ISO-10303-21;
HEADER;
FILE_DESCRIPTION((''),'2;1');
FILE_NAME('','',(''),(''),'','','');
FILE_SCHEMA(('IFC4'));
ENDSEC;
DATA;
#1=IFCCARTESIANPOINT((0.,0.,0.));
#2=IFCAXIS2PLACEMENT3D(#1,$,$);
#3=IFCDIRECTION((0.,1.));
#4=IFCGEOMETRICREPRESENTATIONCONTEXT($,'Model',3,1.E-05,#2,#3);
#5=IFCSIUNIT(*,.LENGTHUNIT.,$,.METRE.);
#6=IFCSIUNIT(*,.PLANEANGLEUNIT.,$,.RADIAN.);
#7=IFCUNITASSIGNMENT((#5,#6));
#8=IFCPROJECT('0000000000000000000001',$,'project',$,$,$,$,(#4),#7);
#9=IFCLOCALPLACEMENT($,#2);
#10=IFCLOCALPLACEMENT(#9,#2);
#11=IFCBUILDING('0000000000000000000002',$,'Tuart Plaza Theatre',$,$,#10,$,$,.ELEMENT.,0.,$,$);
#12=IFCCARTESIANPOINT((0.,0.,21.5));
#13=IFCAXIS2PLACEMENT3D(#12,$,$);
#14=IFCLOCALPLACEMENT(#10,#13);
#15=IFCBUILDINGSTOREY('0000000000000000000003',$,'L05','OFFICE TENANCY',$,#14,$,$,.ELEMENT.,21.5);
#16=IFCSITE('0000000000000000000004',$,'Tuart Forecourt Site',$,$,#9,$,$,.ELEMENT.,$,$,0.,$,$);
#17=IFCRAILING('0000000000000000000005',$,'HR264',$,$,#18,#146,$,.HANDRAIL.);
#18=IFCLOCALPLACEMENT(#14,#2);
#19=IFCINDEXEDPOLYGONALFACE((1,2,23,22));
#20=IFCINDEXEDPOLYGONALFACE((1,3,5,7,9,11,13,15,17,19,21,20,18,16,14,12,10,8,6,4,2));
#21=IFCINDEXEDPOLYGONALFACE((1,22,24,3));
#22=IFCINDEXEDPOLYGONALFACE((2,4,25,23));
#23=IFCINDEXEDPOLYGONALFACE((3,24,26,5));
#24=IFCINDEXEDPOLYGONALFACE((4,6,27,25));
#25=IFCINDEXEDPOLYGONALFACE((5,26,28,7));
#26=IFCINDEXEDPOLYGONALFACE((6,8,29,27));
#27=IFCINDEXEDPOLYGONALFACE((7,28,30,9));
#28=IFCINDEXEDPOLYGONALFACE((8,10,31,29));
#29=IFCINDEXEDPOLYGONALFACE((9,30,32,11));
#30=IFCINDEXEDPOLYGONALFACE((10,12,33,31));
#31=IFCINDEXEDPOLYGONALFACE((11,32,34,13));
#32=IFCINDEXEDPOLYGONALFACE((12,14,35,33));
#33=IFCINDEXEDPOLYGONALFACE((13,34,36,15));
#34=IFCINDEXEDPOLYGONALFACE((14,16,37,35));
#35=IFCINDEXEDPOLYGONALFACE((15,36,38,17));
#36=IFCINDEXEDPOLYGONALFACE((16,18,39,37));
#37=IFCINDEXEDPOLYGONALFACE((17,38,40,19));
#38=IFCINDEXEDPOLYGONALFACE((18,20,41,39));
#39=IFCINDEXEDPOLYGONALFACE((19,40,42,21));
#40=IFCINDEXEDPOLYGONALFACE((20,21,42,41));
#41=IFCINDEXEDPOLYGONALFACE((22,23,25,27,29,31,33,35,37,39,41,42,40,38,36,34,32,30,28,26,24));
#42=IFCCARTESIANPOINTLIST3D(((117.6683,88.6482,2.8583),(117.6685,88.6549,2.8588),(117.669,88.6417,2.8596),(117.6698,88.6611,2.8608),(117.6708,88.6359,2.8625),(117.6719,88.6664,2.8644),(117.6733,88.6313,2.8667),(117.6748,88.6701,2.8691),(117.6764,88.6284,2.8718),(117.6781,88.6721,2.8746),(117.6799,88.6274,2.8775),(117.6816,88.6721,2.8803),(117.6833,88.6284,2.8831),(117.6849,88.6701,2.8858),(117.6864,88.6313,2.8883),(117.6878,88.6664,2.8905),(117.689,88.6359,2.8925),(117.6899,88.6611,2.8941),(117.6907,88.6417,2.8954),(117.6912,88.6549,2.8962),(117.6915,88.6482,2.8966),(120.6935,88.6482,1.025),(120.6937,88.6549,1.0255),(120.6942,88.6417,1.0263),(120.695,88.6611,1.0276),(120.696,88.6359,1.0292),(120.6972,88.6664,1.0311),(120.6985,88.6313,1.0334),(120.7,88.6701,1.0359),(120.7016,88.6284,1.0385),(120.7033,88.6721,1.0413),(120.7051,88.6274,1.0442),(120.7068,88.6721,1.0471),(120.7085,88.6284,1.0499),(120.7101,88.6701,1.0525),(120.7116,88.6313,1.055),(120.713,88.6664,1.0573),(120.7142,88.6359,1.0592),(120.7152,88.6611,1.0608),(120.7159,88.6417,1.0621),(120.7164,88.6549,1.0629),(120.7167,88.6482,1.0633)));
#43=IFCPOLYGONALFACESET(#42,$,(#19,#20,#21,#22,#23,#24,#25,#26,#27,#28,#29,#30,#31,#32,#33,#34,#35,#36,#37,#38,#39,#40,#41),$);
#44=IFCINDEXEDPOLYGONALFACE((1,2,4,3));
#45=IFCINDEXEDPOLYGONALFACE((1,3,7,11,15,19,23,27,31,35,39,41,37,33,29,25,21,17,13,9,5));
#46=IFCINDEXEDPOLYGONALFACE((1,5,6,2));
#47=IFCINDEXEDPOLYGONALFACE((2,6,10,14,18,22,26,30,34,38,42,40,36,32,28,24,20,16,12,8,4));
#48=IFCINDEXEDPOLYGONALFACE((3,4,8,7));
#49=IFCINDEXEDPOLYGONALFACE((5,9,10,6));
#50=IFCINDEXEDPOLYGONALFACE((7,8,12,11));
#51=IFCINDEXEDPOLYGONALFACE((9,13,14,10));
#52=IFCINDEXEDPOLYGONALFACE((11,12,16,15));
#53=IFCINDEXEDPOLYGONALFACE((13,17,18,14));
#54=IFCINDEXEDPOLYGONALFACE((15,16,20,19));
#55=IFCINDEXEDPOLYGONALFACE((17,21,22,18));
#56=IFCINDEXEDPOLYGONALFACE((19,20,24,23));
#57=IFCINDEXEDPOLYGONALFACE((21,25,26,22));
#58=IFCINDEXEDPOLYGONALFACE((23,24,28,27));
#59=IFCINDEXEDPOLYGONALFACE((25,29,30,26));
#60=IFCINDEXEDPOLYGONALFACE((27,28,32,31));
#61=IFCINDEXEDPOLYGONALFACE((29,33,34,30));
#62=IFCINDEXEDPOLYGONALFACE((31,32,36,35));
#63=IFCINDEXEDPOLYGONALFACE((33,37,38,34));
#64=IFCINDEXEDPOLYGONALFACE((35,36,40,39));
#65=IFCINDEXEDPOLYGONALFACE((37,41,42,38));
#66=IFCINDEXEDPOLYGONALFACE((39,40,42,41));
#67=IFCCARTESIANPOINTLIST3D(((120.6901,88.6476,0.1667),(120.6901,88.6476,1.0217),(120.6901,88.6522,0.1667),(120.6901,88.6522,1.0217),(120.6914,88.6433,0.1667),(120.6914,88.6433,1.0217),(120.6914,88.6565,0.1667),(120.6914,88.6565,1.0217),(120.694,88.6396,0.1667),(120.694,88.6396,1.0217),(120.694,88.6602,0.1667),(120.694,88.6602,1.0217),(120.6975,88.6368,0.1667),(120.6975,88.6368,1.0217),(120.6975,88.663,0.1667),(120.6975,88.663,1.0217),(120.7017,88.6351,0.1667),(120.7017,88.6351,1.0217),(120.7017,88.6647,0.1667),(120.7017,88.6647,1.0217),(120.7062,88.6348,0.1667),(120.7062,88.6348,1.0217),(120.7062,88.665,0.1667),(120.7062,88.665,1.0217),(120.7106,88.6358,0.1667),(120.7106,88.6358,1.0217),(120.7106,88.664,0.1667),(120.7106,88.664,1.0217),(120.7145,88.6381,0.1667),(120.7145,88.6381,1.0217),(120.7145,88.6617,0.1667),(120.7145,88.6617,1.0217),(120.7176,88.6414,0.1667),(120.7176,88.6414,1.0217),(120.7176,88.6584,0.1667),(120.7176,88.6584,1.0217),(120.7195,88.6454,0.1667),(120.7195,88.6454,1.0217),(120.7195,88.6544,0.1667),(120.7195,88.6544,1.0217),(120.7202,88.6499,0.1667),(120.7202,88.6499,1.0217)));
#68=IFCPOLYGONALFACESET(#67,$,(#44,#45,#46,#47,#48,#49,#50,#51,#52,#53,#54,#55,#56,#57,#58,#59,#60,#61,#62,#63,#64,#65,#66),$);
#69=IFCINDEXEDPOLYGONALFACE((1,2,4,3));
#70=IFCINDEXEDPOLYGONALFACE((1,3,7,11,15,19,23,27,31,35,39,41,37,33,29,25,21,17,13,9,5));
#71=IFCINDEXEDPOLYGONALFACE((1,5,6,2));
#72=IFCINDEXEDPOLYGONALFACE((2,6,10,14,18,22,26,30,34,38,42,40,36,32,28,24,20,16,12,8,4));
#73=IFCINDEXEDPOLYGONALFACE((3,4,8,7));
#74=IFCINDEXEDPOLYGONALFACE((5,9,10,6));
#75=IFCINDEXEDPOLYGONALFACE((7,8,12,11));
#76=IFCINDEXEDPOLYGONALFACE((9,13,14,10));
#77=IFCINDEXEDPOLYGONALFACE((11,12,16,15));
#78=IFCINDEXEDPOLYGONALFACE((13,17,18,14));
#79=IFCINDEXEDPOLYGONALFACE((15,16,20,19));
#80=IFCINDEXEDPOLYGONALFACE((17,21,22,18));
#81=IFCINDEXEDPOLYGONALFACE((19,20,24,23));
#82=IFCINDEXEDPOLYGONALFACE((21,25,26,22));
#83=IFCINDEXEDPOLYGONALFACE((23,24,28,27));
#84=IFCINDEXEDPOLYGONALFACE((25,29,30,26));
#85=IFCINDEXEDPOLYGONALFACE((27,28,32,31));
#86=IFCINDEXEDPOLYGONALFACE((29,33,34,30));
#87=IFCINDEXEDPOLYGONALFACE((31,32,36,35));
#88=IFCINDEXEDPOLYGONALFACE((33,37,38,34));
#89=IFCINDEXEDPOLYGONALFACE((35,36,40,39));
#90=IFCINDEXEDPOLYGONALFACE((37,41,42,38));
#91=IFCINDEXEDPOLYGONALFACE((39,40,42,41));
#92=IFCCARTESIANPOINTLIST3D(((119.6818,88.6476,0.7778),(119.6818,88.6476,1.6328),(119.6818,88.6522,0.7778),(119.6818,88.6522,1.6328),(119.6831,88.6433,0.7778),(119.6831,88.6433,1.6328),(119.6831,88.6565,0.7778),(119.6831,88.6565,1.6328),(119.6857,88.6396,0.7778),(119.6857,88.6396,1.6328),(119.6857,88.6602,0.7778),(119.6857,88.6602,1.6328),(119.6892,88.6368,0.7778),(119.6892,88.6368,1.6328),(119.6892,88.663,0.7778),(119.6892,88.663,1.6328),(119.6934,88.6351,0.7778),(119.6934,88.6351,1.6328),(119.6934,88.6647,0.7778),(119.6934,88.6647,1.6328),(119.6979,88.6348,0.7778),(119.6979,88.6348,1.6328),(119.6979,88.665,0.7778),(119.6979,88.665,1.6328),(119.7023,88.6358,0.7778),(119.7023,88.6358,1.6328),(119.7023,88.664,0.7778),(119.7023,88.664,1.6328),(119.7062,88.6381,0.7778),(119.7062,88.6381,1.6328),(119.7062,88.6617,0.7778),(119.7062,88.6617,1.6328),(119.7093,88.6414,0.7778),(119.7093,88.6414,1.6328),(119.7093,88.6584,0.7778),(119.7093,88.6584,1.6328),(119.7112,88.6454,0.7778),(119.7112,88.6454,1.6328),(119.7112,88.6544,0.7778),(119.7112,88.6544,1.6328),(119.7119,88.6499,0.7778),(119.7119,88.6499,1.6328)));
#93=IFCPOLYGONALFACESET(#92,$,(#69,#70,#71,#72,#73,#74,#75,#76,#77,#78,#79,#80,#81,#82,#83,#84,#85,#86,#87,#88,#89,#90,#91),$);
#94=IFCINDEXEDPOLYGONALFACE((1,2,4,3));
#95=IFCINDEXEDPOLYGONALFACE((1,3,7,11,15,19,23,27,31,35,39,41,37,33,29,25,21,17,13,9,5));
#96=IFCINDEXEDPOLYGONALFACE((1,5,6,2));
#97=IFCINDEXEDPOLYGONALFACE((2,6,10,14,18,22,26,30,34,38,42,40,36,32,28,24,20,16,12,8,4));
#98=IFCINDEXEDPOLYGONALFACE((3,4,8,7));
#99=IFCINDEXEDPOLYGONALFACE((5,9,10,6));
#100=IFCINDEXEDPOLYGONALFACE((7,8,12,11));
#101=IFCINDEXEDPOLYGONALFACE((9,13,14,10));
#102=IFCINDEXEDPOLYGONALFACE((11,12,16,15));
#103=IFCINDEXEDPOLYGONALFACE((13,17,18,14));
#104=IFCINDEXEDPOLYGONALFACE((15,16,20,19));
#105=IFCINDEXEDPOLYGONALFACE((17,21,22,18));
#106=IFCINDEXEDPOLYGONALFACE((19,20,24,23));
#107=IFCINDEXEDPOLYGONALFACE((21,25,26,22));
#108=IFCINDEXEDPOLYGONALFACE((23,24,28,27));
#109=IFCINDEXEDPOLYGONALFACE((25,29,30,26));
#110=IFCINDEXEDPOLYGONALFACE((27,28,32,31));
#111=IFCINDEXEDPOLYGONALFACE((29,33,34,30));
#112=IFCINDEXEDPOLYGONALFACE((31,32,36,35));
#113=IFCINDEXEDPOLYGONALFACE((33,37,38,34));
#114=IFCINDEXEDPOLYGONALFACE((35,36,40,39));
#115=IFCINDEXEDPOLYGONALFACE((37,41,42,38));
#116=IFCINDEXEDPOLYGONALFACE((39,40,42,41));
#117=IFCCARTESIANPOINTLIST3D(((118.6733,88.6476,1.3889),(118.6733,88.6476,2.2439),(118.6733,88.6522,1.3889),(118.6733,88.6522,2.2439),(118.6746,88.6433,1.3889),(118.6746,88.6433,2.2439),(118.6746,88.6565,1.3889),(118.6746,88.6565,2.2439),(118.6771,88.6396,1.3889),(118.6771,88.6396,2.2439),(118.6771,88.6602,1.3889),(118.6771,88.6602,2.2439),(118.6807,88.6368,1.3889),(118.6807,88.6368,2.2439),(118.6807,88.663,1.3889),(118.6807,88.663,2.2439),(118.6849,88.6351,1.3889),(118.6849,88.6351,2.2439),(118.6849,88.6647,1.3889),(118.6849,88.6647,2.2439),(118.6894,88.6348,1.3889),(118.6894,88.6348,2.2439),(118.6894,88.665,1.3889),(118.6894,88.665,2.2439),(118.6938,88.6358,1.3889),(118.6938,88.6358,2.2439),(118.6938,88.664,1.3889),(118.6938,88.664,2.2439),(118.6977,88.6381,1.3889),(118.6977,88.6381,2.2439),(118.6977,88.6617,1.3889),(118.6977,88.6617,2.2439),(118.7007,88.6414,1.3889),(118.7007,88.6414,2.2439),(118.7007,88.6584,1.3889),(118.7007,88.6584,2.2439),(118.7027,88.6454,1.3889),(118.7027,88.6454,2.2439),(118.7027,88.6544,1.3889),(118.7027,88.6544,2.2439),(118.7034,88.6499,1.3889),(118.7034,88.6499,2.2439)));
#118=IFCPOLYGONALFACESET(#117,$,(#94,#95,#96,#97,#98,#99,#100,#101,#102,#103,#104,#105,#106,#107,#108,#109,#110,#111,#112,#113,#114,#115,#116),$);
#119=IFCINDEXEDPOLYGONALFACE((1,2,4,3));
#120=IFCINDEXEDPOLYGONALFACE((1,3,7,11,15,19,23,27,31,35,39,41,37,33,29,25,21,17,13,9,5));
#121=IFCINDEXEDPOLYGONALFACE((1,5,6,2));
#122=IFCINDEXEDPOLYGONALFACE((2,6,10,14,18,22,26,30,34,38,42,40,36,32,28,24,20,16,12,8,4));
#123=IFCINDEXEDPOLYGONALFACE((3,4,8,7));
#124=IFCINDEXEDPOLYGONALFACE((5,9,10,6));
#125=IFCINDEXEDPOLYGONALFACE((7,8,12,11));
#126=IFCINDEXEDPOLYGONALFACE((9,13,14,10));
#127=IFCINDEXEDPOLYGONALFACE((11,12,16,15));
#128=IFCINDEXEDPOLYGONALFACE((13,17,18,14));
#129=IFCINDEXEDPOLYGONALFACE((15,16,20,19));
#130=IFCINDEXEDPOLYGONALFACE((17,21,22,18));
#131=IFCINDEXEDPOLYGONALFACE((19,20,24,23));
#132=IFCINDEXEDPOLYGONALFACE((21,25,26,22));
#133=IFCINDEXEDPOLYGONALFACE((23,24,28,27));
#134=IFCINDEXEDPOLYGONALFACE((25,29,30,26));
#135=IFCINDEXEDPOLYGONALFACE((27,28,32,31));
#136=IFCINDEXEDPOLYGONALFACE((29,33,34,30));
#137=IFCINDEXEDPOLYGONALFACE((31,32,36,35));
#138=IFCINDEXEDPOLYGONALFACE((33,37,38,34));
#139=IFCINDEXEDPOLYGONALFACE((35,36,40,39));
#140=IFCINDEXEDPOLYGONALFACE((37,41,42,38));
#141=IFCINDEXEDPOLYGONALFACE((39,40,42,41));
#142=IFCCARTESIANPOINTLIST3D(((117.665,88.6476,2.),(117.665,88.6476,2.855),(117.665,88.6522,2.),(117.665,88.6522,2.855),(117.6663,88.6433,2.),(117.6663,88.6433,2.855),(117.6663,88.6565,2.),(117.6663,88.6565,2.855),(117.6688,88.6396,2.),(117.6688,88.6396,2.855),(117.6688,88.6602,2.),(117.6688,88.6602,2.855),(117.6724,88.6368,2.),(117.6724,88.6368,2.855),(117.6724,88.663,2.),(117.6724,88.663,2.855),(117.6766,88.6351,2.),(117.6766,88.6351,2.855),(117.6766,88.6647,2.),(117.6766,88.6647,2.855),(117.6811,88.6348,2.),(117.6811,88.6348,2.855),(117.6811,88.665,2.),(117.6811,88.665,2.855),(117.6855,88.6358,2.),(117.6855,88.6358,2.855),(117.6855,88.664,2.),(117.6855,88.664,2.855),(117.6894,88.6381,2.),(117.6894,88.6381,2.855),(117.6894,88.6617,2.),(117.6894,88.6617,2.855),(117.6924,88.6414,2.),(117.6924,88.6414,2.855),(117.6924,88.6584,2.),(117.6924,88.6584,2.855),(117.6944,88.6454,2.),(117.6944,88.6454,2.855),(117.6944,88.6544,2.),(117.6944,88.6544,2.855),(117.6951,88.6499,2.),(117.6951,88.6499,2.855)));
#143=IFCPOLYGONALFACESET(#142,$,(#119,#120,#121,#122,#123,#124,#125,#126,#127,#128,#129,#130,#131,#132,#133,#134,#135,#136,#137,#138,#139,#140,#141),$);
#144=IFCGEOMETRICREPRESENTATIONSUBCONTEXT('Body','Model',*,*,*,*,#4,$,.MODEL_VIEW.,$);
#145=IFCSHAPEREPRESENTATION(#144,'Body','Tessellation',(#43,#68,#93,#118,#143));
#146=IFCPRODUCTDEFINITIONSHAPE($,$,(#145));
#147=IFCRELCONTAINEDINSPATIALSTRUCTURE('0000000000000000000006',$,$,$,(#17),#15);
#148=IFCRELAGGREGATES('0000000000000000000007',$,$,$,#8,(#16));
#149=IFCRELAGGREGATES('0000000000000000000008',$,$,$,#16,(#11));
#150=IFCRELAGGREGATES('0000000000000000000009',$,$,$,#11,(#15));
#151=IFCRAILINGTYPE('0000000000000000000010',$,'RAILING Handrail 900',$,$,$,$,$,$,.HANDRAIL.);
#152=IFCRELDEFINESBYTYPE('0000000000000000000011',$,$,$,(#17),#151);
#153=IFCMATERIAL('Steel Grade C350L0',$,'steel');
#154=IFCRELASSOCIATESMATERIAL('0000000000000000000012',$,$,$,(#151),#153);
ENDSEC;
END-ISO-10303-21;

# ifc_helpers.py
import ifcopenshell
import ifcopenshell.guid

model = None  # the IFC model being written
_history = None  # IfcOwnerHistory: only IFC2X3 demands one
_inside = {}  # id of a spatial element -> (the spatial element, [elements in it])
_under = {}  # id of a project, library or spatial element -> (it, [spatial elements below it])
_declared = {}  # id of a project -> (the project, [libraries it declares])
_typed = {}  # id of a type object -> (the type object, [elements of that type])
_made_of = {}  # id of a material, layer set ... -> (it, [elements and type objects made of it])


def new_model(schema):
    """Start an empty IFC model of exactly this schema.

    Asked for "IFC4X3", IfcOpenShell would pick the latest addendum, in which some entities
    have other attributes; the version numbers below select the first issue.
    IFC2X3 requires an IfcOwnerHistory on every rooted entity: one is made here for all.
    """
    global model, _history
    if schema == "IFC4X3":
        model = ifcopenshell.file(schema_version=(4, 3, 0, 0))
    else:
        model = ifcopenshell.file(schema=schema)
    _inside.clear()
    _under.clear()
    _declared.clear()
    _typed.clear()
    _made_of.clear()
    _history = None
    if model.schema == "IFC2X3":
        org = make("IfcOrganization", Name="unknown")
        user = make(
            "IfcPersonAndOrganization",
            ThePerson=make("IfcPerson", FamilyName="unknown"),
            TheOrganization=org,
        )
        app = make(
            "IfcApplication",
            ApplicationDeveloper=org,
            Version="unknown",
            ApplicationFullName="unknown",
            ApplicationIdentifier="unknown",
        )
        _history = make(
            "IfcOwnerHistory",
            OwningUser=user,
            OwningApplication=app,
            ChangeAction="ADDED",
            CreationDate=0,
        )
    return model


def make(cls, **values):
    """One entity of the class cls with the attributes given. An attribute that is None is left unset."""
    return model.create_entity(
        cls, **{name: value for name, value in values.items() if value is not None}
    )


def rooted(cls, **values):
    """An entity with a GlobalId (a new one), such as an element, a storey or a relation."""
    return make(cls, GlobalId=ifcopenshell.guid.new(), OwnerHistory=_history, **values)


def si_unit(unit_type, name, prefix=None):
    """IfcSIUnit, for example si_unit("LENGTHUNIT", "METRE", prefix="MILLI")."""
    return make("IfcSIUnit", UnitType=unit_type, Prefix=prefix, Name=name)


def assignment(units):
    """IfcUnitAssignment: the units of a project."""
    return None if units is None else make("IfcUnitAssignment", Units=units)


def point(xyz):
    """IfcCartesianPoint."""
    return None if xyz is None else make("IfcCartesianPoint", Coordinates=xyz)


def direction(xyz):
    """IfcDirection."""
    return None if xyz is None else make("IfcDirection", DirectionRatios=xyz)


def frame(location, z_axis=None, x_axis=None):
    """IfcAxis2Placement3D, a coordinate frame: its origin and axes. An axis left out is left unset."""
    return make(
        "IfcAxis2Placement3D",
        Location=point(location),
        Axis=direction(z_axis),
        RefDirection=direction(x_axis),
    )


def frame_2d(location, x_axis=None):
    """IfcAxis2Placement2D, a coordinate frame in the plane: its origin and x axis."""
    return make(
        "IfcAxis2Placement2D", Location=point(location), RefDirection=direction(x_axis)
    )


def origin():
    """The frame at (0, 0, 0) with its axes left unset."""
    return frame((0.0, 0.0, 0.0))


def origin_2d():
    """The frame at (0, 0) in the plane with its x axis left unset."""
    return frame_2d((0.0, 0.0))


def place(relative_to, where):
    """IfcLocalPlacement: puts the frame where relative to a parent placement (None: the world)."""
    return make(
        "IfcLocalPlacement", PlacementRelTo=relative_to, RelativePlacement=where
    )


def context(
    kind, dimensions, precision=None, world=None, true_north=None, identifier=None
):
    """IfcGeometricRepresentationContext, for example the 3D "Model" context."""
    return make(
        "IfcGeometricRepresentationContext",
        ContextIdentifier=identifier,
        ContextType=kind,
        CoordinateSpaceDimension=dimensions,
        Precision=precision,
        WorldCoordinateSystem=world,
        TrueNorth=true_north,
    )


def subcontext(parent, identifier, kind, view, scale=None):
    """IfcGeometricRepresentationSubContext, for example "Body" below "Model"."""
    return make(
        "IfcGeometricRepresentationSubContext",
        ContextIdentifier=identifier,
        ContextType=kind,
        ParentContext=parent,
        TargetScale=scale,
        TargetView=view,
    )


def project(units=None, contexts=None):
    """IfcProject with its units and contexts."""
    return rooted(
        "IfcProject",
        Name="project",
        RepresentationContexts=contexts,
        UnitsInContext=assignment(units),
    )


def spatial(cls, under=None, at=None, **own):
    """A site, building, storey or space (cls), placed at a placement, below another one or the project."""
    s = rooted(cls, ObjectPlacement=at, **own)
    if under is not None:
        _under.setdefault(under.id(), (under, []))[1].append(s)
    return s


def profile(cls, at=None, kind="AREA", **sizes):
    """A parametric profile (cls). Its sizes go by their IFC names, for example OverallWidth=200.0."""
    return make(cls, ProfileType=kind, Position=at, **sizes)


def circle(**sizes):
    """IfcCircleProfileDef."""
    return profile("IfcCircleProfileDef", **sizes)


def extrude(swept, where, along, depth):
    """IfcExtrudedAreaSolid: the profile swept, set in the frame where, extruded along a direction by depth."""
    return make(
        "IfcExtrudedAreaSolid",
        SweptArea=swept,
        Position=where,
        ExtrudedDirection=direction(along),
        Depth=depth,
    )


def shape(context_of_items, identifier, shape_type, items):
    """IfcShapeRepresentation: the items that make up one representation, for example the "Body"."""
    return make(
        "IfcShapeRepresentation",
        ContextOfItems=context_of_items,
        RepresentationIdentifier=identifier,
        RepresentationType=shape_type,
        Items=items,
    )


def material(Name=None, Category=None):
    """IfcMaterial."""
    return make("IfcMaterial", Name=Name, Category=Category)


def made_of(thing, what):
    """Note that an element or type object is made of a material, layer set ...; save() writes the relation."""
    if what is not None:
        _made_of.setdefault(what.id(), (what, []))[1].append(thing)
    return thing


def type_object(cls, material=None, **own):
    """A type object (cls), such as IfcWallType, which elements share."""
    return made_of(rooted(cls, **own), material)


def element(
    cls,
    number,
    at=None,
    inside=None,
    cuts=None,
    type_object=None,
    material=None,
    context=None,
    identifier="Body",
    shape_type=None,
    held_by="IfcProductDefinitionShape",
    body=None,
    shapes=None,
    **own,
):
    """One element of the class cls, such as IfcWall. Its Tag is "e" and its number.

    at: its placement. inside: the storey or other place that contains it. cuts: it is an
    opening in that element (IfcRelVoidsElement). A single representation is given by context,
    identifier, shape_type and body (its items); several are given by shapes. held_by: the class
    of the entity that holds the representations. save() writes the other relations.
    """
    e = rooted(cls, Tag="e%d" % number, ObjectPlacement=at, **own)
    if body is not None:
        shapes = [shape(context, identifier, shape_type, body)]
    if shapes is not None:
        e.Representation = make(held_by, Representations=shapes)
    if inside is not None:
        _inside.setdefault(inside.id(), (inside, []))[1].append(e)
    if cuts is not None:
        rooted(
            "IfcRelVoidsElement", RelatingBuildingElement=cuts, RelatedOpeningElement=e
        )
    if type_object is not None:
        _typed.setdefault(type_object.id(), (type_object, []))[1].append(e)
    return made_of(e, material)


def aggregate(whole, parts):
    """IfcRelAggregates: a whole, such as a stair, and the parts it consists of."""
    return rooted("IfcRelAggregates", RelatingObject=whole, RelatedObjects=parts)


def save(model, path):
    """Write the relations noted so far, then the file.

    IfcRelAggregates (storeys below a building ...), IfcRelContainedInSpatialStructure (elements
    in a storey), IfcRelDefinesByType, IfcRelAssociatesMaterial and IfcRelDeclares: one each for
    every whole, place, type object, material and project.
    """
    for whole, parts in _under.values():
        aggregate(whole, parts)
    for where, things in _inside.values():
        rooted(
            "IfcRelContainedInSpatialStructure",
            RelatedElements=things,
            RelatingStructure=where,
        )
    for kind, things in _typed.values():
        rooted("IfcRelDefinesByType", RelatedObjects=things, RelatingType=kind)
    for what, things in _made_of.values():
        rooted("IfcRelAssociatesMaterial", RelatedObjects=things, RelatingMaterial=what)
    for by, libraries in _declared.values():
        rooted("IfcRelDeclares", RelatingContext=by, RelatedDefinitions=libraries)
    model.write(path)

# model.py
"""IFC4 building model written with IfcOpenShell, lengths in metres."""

from ifc_helpers import new_model, si_unit, direction, frame, origin, origin_2d, place, context, subcontext, project, spatial, circle, extrude, material, type_object, element, save


model = new_model("IFC4")

# Units and contexts
model_context = context("Model", 3, precision=1e-05, world=origin(), true_north=direction((0.0, 1.0)))
body_context = subcontext(model_context, "Body", "Model", "MODEL_VIEW")
ifc_project = project(units=[si_unit("LENGTHUNIT", "METRE"), si_unit("PLANEANGLEUNIT", "RADIAN")], contexts=[model_context])

# Site, building, storey
site_placement = place(None, origin())
site = spatial("IfcSite", under=ifc_project, at=site_placement, Name="Tuart Forecourt Site", CompositionType="ELEMENT", RefElevation=0.0)
building_placement = place(site_placement, origin())
building = spatial("IfcBuilding", under=site, at=building_placement, Name="Tuart Plaza Theatre", CompositionType="ELEMENT", ElevationOfRefHeight=0.0)
storey_placement = place(building_placement, frame((0.0, 0.0, 21.5)))
storey = spatial("IfcBuildingStorey", under=building, at=storey_placement, Name="L05", Description="OFFICE TENANCY", CompositionType="ELEMENT", Elevation=21.5)

# Railing
ifc_material_1 = material(Name="Steel Grade C350L0", Category="steel")
railing_type_1 = type_object("IfcRailingType", Name="RAILING Handrail 900", PredefinedType="HANDRAIL", material=ifc_material_1)
railing_1_placement = place(storey_placement, frame((120.7051, 88.6499, 0.1667)))
element("IfcRailing", 1, at=railing_1_placement, inside=storey, type_object=railing_type_1, Name="HR264", PredefinedType="HANDRAIL", context=body_context, shape_type="SweptSolid", body=[
    extrude(circle(Radius=0.0225, at=origin_2d()), frame((0.0, 0.0, 0.8774), z_axis=(-0.855219, 0.0, 0.518267), x_axis=(0.0, -1.0, 0.0)), (0.0, 0.0, 1.0), 3.5374),
    extrude(circle(Radius=0.0151, at=origin_2d()), origin(), (0.0, 0.0, 1.0), 0.855),
    extrude(circle(Radius=0.0151, at=origin_2d()), frame((-1.0083, 0.0, 0.6111)), (0.0, 0.0, 1.0), 0.855),
    extrude(circle(Radius=0.0151, at=origin_2d()), frame((-2.0168, 0.0, 1.2222)), (0.0, 0.0, 1.0), 0.855),
    extrude(circle(Radius=0.0151, at=origin_2d()), frame((-3.0251, 0.0, 1.8333)), (0.0, 0.0, 1.0), 0.855),
])

save(model, "model.ifc")
